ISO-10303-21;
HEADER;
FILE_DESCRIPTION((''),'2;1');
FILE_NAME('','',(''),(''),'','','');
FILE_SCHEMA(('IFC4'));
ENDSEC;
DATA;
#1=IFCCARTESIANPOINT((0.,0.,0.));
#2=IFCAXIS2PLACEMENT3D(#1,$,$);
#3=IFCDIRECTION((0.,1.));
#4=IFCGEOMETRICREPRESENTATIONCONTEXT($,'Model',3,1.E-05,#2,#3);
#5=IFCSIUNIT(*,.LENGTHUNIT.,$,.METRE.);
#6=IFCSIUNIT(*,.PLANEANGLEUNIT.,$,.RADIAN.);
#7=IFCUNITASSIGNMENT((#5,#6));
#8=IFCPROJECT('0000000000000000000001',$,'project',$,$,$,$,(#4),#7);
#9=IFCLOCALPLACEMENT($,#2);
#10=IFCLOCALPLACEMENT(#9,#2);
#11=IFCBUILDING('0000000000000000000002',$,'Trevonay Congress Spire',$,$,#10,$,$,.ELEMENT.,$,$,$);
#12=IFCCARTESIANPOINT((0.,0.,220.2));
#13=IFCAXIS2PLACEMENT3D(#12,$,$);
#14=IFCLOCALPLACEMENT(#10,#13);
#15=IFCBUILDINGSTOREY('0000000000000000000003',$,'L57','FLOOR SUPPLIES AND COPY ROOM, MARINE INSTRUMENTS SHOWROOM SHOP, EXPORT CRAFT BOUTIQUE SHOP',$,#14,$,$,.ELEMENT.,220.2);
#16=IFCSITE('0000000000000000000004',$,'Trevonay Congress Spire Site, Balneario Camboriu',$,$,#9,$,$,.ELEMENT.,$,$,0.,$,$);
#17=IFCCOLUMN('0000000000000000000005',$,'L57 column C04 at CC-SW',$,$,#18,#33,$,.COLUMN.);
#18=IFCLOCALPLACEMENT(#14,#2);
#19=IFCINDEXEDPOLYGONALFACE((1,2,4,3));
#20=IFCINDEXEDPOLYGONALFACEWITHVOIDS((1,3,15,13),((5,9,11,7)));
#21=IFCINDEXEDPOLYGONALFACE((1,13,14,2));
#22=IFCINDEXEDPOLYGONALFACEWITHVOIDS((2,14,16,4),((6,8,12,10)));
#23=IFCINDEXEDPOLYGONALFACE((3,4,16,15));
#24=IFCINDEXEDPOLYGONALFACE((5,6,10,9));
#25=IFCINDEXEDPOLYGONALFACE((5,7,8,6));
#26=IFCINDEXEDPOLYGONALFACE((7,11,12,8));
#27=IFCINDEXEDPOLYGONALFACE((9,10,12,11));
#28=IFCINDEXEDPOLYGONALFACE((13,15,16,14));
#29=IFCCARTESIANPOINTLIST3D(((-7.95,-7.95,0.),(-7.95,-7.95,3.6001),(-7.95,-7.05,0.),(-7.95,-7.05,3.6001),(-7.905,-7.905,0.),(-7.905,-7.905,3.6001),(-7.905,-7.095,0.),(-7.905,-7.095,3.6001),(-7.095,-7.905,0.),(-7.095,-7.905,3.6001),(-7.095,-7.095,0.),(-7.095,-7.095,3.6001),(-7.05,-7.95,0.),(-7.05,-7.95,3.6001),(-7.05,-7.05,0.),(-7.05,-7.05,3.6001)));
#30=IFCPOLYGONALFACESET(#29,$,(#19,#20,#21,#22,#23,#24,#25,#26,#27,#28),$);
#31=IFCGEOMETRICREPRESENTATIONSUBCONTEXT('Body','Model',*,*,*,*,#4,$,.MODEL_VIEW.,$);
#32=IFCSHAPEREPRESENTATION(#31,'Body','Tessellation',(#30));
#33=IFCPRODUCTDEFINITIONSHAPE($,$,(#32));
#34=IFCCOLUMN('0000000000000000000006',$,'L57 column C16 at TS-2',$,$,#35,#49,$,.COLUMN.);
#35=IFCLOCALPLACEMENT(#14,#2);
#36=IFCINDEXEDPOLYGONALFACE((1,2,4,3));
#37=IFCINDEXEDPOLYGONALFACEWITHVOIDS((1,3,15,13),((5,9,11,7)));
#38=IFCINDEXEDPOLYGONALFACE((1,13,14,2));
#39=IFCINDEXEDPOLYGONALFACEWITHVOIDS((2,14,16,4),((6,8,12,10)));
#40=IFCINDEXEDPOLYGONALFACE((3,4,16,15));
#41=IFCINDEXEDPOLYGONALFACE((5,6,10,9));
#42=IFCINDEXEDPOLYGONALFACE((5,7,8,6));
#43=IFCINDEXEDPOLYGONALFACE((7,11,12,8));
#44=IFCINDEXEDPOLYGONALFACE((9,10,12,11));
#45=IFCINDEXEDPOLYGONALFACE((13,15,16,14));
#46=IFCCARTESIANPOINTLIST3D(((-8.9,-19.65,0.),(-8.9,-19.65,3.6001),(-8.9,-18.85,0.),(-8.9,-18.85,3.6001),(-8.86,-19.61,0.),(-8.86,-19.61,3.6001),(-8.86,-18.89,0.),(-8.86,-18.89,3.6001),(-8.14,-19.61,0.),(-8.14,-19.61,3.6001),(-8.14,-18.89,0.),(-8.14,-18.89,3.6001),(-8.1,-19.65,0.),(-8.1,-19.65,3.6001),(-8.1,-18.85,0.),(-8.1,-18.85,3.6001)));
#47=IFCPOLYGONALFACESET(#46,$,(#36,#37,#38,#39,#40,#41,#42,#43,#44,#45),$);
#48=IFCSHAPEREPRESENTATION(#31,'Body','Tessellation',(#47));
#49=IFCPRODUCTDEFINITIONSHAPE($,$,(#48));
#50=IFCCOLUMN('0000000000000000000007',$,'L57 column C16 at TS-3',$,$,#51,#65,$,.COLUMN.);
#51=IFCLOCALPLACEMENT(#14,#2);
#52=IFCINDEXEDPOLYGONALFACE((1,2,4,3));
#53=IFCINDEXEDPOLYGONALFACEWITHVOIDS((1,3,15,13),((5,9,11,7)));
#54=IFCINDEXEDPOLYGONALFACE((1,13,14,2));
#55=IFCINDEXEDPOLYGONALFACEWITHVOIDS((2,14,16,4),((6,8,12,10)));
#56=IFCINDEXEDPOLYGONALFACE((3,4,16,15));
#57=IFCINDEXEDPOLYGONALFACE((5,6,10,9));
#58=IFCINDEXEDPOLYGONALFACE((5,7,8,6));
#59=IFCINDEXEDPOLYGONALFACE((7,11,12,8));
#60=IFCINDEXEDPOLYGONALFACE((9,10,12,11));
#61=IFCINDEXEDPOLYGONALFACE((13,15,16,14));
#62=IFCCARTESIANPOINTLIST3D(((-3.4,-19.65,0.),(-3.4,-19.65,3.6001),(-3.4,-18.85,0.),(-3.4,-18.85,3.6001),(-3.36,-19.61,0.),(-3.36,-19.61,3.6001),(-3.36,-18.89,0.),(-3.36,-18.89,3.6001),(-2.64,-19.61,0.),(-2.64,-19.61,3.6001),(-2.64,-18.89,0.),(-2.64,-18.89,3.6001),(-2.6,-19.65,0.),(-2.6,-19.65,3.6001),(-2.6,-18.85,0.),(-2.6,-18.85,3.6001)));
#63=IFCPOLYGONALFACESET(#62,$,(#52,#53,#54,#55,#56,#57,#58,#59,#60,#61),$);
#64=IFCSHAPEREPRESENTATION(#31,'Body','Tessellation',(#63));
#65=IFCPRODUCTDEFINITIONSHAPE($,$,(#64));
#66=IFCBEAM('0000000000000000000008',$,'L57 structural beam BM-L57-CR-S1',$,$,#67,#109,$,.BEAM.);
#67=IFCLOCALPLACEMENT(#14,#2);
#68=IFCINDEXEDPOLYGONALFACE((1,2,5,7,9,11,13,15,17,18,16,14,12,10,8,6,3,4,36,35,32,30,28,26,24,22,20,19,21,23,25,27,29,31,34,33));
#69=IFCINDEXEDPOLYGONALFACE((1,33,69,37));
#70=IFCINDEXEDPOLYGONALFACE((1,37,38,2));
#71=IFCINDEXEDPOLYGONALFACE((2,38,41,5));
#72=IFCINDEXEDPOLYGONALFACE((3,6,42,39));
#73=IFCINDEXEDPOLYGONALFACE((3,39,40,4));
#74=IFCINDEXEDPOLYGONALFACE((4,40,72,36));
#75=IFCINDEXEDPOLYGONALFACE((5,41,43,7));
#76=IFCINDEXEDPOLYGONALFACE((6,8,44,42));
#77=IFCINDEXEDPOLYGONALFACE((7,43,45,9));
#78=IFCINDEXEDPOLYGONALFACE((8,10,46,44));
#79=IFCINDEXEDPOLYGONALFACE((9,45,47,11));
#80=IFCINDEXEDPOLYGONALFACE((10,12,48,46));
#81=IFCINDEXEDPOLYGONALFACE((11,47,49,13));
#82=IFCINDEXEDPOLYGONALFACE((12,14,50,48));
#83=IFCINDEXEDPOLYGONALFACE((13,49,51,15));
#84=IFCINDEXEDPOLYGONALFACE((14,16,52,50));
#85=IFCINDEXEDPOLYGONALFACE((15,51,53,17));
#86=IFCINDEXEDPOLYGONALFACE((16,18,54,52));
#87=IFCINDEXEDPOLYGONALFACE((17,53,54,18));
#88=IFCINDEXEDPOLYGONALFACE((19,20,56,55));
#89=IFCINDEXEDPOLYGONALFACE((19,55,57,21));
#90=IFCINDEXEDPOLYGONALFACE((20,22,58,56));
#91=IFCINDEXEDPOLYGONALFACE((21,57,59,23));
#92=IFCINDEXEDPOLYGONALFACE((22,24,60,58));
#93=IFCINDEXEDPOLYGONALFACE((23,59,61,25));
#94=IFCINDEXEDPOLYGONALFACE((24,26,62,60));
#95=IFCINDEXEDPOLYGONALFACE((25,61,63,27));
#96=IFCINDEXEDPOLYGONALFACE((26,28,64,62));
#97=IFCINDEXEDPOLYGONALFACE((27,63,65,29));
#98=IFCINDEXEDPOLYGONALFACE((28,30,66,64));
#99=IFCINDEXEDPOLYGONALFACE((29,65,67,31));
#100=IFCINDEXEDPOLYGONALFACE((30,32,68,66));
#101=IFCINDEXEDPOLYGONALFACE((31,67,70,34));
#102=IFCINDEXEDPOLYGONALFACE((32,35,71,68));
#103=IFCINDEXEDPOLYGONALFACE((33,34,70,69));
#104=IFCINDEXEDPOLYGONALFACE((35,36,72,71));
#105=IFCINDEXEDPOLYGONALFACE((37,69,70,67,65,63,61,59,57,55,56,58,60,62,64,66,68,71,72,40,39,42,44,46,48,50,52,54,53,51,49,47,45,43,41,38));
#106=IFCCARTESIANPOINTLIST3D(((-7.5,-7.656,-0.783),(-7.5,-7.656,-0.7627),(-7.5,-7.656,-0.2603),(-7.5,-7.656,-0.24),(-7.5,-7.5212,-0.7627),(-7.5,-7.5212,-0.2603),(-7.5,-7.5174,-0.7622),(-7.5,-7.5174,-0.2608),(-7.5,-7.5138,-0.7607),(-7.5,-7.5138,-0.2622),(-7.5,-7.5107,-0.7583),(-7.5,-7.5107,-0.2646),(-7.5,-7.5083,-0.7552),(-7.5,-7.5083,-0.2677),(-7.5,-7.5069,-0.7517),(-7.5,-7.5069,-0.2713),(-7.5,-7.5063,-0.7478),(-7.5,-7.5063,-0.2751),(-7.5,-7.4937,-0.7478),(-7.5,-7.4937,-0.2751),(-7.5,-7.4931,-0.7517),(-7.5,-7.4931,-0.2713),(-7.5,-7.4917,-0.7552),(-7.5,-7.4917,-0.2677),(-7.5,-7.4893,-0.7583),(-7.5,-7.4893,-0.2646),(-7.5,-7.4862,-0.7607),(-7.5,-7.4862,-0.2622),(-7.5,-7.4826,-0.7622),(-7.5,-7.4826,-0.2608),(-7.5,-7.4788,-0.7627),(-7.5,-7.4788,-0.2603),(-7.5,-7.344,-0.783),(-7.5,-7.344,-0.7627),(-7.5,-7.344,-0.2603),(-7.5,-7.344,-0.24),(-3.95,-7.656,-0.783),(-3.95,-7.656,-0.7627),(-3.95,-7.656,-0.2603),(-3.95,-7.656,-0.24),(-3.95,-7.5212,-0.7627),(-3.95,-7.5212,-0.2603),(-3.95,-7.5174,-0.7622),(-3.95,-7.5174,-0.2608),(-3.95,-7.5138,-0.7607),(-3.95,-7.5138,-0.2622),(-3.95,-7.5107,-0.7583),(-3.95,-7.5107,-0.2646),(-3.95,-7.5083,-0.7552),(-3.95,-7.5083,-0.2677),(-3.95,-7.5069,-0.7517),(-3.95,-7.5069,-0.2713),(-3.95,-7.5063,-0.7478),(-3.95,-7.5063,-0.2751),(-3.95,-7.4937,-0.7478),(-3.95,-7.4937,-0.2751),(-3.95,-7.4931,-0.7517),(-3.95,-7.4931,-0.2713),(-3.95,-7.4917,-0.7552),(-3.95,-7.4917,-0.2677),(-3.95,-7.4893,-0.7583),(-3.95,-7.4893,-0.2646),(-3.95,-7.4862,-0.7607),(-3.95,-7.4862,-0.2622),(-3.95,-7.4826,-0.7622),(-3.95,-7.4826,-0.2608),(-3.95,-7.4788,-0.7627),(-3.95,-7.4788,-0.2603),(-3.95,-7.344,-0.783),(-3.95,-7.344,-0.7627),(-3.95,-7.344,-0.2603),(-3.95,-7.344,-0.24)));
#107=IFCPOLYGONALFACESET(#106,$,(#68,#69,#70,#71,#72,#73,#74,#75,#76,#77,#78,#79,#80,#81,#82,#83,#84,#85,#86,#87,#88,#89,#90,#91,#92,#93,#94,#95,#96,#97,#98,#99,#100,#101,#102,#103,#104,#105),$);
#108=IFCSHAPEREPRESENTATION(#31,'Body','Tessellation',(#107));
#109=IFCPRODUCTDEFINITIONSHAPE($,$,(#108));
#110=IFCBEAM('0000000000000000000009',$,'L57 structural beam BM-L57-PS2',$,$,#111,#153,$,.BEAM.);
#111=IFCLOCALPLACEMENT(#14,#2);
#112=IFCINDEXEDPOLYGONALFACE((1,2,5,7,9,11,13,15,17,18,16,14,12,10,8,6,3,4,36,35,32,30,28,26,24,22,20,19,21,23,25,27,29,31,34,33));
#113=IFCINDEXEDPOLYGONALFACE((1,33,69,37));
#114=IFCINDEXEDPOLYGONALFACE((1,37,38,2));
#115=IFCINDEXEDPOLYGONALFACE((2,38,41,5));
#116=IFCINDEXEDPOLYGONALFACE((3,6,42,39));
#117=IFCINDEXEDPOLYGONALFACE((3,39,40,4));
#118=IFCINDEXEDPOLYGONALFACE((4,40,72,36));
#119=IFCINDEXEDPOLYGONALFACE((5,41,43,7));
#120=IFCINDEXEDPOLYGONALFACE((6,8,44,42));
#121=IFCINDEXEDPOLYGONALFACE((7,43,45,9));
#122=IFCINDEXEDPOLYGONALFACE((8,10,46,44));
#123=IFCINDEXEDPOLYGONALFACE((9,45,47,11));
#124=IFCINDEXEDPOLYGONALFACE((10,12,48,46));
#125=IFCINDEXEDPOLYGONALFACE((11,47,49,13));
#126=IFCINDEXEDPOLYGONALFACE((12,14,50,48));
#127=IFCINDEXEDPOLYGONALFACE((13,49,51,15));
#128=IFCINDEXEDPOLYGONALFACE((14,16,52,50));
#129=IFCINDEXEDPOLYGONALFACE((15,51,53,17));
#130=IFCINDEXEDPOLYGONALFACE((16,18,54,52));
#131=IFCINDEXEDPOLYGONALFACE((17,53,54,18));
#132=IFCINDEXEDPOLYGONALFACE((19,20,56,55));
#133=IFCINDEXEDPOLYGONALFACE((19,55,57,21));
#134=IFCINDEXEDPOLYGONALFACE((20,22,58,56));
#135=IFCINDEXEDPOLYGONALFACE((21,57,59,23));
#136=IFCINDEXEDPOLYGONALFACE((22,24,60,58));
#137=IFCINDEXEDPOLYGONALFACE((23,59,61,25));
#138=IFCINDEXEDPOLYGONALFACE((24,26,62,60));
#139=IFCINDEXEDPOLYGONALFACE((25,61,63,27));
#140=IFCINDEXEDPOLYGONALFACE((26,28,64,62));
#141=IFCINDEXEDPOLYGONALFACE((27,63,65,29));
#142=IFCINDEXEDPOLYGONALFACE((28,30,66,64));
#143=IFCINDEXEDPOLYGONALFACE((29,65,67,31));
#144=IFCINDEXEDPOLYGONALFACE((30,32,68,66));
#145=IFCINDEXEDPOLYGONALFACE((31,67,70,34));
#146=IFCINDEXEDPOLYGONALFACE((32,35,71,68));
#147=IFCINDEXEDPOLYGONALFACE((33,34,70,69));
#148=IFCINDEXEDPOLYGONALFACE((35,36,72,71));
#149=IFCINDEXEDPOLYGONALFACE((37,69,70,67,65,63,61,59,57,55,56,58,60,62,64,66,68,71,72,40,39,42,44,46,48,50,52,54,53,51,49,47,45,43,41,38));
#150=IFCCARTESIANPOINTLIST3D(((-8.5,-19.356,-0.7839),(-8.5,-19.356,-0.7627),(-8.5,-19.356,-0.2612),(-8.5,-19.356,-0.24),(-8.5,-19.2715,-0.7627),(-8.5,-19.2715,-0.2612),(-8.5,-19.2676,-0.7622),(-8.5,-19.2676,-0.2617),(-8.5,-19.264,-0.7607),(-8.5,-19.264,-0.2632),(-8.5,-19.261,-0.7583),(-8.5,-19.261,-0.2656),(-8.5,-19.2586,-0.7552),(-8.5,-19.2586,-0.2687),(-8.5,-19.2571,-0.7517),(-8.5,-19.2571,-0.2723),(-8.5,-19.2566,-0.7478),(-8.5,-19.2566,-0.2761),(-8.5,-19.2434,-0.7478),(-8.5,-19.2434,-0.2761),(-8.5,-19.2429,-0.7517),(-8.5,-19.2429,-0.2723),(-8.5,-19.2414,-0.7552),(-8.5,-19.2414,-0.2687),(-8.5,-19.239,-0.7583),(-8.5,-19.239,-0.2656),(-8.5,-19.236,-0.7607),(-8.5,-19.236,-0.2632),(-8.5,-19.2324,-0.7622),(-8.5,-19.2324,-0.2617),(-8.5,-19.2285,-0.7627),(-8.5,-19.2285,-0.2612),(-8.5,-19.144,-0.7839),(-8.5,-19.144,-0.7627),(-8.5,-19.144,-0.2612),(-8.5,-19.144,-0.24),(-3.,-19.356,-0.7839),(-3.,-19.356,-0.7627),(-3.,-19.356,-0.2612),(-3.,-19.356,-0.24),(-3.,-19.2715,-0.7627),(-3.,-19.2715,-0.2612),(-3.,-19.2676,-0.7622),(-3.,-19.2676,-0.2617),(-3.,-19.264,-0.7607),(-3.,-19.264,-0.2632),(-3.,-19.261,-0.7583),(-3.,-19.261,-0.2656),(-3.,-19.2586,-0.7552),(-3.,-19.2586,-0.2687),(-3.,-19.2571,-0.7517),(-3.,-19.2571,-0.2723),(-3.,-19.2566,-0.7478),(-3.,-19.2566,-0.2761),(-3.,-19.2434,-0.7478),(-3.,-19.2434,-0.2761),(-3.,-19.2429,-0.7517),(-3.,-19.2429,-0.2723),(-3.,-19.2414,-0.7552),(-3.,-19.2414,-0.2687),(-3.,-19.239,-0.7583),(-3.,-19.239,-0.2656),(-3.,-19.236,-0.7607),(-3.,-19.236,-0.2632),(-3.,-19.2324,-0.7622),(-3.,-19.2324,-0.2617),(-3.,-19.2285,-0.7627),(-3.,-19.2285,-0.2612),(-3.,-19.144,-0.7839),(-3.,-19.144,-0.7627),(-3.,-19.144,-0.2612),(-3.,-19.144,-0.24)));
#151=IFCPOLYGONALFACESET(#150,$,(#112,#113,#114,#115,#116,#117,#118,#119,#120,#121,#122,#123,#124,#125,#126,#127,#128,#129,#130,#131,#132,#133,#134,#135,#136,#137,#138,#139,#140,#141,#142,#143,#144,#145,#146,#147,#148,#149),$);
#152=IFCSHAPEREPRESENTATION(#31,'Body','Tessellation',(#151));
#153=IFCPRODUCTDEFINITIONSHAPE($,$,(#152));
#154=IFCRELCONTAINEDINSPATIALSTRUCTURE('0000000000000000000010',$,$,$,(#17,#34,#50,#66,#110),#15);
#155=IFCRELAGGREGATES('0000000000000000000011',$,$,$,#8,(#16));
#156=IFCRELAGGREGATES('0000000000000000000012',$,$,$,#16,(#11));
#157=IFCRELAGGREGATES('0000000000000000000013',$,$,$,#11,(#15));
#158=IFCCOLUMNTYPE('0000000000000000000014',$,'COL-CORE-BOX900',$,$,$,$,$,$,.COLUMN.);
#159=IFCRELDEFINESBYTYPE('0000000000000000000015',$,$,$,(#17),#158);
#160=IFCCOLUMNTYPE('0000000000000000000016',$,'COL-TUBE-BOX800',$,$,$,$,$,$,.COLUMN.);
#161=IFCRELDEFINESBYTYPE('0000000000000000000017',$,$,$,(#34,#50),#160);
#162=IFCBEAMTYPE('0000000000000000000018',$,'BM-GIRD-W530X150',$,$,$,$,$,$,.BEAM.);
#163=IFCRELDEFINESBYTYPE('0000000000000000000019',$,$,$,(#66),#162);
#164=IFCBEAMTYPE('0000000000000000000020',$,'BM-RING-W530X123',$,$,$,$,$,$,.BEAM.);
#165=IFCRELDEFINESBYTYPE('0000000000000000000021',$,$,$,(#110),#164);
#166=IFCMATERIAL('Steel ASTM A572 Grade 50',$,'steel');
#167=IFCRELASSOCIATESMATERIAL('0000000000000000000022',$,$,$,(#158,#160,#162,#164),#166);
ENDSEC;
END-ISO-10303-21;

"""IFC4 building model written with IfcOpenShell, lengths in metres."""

from ifc_helpers import new_model, si_unit, direction, frame, origin, origin_2d, place, context, subcontext, project, spatial, hollow_rectangle, i_section, extrude, material, material_profile, profile_set, type_object, element, save


model = new_model("IFC4")

# Units and contexts
model_context = context("Model", 3, precision=1e-05, world=origin(), true_north=direction((0.0, 1.0)))
body_context = subcontext(model_context, "Body", "Model", "MODEL_VIEW")
ifc_project = project(units=[si_unit("LENGTHUNIT", "METRE"), si_unit("PLANEANGLEUNIT", "RADIAN")], contexts=[model_context])

# Site, building, storey
site_placement = place(None, origin())
site = spatial("IfcSite", under=ifc_project, at=site_placement, Name="Trevonay Congress Spire Site, Balneario Camboriu", CompositionType="ELEMENT", RefElevation=0.0)
building_placement = place(site_placement, origin())
building = spatial("IfcBuilding", under=site, at=building_placement, Name="Trevonay Congress Spire", CompositionType="ELEMENT")
storey_placement = place(building_placement, frame((0.0, 0.0, 220.2)))
storey = spatial("IfcBuildingStorey", under=building, at=storey_placement, Name="L57", Description="FLOOR SUPPLIES AND COPY ROOM, MARINE INSTRUMENTS SHOWROOM SHOP, EXPORT CRAFT BOUTIQUE SHOP", CompositionType="ELEMENT", Elevation=220.2)

# Columns
ifc_material_1 = material(Name="Steel ASTM A572 Grade 50", Category="steel")
ifc_material_profile_1 = material_profile(ifc_material_1, hollow_rectangle(XDim=0.8999, YDim=0.8999, WallThickness=0.0449, at=origin_2d()), Name="BOX 900x900x45")
ifc_profile_set_1 = profile_set([ifc_material_profile_1], Name="Steel ASTM A572 Grade 50")
column_type_1 = type_object("IfcColumnType", Name="COL-CORE-BOX900", PredefinedType="COLUMN", material=ifc_profile_set_1)
column_placement = place(storey_placement, frame((-7.5, -7.5, 0.0), z_axis=(0.0, 0.0, 1.0), x_axis=(1.0, 0.0, 0.0)))
element("IfcColumn", 1, at=column_placement, inside=storey, type_object=column_type_1, Name="L57 column C04 at CC-SW", PredefinedType="COLUMN", context=body_context, shape_type="SweptSolid", body=[
    extrude(hollow_rectangle(XDim=0.8999, YDim=0.8999, WallThickness=0.0449, at=origin_2d()), origin(), (0.0, 0.0, 1.0), 3.6001),
])
ifc_material_profile_2 = material_profile(ifc_material_1, hollow_rectangle(XDim=0.8, YDim=0.8, WallThickness=0.04, at=origin_2d()), Name="BOX 800x800x40")
ifc_profile_set_2 = profile_set([ifc_material_profile_2], Name="Steel ASTM A572 Grade 50")
column_type_2 = type_object("IfcColumnType", Name="COL-TUBE-BOX800", PredefinedType="COLUMN", material=ifc_profile_set_2)
for number, where, z_axis, x_axis, name in (
    (2, (-8.5, -19.25, 0.0), (0.0, 0.0, 1.0), (1.0, 0.0, 0.0), "L57 column C16 at TS-2"),
    (3, (-3.0, -19.25, 0.0), (0.0, 0.0, 1.0), (1.0, 0.0, 0.0), "L57 column C16 at TS-3"),
):
    element("IfcColumn", number, at=place(storey_placement, frame(where, z_axis=z_axis, x_axis=x_axis)), inside=storey, type_object=column_type_2, Name=name, PredefinedType="COLUMN", context=body_context, shape_type="SweptSolid", body=[
        extrude(hollow_rectangle(XDim=0.8, YDim=0.8, WallThickness=0.04, at=origin_2d()), origin(), (0.0, 0.0, 1.0), 3.6001),
    ])

# Beams
ifc_material_profile_3 = material_profile(ifc_material_1, i_section(OverallWidth=0.312, OverallDepth=0.543, WebThickness=0.0127, FlangeThickness=0.0203, FilletRadius=0.0149, at=origin_2d()), Name="W530x150")
ifc_profile_set_3 = profile_set([ifc_material_profile_3], Name="Steel ASTM A572 Grade 50")
beam_type_1 = type_object("IfcBeamType", Name="BM-GIRD-W530X150", PredefinedType="BEAM", material=ifc_profile_set_3)
beam_1_placement = place(storey_placement, frame((-7.5, -7.5, -0.5115), z_axis=(1.0, 0.0, 0.0), x_axis=(0.0, 1.0, 0.0)))
element("IfcBeam", 4, at=beam_1_placement, inside=storey, type_object=beam_type_1, Name="L57 structural beam BM-L57-CR-S1", PredefinedType="BEAM", context=body_context, shape_type="SweptSolid", body=[
    extrude(i_section(OverallWidth=0.312, OverallDepth=0.543, WebThickness=0.0127, FlangeThickness=0.0203, FilletRadius=0.0149, at=origin_2d()), origin(), (0.0, 0.0, 1.0), 3.55),
])
ifc_material_profile_4 = material_profile(ifc_material_1, i_section(OverallWidth=0.2119, OverallDepth=0.5439, WebThickness=0.0132, FlangeThickness=0.0212, FilletRadius=0.0149, at=origin_2d()), Name="W530x123")
ifc_profile_set_4 = profile_set([ifc_material_profile_4], Name="Steel ASTM A572 Grade 50")
beam_type_2 = type_object("IfcBeamType", Name="BM-RING-W530X123", PredefinedType="BEAM", material=ifc_profile_set_4)
beam_2_placement = place(storey_placement, frame((-8.5, -19.25, -0.512), z_axis=(1.0, 0.0, 0.0), x_axis=(0.0, 1.0, 0.0)))
element("IfcBeam", 5, at=beam_2_placement, inside=storey, type_object=beam_type_2, Name="L57 structural beam BM-L57-PS2", PredefinedType="BEAM", context=body_context, shape_type="SweptSolid", body=[
    extrude(i_section(OverallWidth=0.2119, OverallDepth=0.5439, WebThickness=0.0132, FlangeThickness=0.0212, FilletRadius=0.0149, at=origin_2d()), origin(), (0.0, 0.0, 1.0), 5.5),
])

save(model, "model.ifc")
